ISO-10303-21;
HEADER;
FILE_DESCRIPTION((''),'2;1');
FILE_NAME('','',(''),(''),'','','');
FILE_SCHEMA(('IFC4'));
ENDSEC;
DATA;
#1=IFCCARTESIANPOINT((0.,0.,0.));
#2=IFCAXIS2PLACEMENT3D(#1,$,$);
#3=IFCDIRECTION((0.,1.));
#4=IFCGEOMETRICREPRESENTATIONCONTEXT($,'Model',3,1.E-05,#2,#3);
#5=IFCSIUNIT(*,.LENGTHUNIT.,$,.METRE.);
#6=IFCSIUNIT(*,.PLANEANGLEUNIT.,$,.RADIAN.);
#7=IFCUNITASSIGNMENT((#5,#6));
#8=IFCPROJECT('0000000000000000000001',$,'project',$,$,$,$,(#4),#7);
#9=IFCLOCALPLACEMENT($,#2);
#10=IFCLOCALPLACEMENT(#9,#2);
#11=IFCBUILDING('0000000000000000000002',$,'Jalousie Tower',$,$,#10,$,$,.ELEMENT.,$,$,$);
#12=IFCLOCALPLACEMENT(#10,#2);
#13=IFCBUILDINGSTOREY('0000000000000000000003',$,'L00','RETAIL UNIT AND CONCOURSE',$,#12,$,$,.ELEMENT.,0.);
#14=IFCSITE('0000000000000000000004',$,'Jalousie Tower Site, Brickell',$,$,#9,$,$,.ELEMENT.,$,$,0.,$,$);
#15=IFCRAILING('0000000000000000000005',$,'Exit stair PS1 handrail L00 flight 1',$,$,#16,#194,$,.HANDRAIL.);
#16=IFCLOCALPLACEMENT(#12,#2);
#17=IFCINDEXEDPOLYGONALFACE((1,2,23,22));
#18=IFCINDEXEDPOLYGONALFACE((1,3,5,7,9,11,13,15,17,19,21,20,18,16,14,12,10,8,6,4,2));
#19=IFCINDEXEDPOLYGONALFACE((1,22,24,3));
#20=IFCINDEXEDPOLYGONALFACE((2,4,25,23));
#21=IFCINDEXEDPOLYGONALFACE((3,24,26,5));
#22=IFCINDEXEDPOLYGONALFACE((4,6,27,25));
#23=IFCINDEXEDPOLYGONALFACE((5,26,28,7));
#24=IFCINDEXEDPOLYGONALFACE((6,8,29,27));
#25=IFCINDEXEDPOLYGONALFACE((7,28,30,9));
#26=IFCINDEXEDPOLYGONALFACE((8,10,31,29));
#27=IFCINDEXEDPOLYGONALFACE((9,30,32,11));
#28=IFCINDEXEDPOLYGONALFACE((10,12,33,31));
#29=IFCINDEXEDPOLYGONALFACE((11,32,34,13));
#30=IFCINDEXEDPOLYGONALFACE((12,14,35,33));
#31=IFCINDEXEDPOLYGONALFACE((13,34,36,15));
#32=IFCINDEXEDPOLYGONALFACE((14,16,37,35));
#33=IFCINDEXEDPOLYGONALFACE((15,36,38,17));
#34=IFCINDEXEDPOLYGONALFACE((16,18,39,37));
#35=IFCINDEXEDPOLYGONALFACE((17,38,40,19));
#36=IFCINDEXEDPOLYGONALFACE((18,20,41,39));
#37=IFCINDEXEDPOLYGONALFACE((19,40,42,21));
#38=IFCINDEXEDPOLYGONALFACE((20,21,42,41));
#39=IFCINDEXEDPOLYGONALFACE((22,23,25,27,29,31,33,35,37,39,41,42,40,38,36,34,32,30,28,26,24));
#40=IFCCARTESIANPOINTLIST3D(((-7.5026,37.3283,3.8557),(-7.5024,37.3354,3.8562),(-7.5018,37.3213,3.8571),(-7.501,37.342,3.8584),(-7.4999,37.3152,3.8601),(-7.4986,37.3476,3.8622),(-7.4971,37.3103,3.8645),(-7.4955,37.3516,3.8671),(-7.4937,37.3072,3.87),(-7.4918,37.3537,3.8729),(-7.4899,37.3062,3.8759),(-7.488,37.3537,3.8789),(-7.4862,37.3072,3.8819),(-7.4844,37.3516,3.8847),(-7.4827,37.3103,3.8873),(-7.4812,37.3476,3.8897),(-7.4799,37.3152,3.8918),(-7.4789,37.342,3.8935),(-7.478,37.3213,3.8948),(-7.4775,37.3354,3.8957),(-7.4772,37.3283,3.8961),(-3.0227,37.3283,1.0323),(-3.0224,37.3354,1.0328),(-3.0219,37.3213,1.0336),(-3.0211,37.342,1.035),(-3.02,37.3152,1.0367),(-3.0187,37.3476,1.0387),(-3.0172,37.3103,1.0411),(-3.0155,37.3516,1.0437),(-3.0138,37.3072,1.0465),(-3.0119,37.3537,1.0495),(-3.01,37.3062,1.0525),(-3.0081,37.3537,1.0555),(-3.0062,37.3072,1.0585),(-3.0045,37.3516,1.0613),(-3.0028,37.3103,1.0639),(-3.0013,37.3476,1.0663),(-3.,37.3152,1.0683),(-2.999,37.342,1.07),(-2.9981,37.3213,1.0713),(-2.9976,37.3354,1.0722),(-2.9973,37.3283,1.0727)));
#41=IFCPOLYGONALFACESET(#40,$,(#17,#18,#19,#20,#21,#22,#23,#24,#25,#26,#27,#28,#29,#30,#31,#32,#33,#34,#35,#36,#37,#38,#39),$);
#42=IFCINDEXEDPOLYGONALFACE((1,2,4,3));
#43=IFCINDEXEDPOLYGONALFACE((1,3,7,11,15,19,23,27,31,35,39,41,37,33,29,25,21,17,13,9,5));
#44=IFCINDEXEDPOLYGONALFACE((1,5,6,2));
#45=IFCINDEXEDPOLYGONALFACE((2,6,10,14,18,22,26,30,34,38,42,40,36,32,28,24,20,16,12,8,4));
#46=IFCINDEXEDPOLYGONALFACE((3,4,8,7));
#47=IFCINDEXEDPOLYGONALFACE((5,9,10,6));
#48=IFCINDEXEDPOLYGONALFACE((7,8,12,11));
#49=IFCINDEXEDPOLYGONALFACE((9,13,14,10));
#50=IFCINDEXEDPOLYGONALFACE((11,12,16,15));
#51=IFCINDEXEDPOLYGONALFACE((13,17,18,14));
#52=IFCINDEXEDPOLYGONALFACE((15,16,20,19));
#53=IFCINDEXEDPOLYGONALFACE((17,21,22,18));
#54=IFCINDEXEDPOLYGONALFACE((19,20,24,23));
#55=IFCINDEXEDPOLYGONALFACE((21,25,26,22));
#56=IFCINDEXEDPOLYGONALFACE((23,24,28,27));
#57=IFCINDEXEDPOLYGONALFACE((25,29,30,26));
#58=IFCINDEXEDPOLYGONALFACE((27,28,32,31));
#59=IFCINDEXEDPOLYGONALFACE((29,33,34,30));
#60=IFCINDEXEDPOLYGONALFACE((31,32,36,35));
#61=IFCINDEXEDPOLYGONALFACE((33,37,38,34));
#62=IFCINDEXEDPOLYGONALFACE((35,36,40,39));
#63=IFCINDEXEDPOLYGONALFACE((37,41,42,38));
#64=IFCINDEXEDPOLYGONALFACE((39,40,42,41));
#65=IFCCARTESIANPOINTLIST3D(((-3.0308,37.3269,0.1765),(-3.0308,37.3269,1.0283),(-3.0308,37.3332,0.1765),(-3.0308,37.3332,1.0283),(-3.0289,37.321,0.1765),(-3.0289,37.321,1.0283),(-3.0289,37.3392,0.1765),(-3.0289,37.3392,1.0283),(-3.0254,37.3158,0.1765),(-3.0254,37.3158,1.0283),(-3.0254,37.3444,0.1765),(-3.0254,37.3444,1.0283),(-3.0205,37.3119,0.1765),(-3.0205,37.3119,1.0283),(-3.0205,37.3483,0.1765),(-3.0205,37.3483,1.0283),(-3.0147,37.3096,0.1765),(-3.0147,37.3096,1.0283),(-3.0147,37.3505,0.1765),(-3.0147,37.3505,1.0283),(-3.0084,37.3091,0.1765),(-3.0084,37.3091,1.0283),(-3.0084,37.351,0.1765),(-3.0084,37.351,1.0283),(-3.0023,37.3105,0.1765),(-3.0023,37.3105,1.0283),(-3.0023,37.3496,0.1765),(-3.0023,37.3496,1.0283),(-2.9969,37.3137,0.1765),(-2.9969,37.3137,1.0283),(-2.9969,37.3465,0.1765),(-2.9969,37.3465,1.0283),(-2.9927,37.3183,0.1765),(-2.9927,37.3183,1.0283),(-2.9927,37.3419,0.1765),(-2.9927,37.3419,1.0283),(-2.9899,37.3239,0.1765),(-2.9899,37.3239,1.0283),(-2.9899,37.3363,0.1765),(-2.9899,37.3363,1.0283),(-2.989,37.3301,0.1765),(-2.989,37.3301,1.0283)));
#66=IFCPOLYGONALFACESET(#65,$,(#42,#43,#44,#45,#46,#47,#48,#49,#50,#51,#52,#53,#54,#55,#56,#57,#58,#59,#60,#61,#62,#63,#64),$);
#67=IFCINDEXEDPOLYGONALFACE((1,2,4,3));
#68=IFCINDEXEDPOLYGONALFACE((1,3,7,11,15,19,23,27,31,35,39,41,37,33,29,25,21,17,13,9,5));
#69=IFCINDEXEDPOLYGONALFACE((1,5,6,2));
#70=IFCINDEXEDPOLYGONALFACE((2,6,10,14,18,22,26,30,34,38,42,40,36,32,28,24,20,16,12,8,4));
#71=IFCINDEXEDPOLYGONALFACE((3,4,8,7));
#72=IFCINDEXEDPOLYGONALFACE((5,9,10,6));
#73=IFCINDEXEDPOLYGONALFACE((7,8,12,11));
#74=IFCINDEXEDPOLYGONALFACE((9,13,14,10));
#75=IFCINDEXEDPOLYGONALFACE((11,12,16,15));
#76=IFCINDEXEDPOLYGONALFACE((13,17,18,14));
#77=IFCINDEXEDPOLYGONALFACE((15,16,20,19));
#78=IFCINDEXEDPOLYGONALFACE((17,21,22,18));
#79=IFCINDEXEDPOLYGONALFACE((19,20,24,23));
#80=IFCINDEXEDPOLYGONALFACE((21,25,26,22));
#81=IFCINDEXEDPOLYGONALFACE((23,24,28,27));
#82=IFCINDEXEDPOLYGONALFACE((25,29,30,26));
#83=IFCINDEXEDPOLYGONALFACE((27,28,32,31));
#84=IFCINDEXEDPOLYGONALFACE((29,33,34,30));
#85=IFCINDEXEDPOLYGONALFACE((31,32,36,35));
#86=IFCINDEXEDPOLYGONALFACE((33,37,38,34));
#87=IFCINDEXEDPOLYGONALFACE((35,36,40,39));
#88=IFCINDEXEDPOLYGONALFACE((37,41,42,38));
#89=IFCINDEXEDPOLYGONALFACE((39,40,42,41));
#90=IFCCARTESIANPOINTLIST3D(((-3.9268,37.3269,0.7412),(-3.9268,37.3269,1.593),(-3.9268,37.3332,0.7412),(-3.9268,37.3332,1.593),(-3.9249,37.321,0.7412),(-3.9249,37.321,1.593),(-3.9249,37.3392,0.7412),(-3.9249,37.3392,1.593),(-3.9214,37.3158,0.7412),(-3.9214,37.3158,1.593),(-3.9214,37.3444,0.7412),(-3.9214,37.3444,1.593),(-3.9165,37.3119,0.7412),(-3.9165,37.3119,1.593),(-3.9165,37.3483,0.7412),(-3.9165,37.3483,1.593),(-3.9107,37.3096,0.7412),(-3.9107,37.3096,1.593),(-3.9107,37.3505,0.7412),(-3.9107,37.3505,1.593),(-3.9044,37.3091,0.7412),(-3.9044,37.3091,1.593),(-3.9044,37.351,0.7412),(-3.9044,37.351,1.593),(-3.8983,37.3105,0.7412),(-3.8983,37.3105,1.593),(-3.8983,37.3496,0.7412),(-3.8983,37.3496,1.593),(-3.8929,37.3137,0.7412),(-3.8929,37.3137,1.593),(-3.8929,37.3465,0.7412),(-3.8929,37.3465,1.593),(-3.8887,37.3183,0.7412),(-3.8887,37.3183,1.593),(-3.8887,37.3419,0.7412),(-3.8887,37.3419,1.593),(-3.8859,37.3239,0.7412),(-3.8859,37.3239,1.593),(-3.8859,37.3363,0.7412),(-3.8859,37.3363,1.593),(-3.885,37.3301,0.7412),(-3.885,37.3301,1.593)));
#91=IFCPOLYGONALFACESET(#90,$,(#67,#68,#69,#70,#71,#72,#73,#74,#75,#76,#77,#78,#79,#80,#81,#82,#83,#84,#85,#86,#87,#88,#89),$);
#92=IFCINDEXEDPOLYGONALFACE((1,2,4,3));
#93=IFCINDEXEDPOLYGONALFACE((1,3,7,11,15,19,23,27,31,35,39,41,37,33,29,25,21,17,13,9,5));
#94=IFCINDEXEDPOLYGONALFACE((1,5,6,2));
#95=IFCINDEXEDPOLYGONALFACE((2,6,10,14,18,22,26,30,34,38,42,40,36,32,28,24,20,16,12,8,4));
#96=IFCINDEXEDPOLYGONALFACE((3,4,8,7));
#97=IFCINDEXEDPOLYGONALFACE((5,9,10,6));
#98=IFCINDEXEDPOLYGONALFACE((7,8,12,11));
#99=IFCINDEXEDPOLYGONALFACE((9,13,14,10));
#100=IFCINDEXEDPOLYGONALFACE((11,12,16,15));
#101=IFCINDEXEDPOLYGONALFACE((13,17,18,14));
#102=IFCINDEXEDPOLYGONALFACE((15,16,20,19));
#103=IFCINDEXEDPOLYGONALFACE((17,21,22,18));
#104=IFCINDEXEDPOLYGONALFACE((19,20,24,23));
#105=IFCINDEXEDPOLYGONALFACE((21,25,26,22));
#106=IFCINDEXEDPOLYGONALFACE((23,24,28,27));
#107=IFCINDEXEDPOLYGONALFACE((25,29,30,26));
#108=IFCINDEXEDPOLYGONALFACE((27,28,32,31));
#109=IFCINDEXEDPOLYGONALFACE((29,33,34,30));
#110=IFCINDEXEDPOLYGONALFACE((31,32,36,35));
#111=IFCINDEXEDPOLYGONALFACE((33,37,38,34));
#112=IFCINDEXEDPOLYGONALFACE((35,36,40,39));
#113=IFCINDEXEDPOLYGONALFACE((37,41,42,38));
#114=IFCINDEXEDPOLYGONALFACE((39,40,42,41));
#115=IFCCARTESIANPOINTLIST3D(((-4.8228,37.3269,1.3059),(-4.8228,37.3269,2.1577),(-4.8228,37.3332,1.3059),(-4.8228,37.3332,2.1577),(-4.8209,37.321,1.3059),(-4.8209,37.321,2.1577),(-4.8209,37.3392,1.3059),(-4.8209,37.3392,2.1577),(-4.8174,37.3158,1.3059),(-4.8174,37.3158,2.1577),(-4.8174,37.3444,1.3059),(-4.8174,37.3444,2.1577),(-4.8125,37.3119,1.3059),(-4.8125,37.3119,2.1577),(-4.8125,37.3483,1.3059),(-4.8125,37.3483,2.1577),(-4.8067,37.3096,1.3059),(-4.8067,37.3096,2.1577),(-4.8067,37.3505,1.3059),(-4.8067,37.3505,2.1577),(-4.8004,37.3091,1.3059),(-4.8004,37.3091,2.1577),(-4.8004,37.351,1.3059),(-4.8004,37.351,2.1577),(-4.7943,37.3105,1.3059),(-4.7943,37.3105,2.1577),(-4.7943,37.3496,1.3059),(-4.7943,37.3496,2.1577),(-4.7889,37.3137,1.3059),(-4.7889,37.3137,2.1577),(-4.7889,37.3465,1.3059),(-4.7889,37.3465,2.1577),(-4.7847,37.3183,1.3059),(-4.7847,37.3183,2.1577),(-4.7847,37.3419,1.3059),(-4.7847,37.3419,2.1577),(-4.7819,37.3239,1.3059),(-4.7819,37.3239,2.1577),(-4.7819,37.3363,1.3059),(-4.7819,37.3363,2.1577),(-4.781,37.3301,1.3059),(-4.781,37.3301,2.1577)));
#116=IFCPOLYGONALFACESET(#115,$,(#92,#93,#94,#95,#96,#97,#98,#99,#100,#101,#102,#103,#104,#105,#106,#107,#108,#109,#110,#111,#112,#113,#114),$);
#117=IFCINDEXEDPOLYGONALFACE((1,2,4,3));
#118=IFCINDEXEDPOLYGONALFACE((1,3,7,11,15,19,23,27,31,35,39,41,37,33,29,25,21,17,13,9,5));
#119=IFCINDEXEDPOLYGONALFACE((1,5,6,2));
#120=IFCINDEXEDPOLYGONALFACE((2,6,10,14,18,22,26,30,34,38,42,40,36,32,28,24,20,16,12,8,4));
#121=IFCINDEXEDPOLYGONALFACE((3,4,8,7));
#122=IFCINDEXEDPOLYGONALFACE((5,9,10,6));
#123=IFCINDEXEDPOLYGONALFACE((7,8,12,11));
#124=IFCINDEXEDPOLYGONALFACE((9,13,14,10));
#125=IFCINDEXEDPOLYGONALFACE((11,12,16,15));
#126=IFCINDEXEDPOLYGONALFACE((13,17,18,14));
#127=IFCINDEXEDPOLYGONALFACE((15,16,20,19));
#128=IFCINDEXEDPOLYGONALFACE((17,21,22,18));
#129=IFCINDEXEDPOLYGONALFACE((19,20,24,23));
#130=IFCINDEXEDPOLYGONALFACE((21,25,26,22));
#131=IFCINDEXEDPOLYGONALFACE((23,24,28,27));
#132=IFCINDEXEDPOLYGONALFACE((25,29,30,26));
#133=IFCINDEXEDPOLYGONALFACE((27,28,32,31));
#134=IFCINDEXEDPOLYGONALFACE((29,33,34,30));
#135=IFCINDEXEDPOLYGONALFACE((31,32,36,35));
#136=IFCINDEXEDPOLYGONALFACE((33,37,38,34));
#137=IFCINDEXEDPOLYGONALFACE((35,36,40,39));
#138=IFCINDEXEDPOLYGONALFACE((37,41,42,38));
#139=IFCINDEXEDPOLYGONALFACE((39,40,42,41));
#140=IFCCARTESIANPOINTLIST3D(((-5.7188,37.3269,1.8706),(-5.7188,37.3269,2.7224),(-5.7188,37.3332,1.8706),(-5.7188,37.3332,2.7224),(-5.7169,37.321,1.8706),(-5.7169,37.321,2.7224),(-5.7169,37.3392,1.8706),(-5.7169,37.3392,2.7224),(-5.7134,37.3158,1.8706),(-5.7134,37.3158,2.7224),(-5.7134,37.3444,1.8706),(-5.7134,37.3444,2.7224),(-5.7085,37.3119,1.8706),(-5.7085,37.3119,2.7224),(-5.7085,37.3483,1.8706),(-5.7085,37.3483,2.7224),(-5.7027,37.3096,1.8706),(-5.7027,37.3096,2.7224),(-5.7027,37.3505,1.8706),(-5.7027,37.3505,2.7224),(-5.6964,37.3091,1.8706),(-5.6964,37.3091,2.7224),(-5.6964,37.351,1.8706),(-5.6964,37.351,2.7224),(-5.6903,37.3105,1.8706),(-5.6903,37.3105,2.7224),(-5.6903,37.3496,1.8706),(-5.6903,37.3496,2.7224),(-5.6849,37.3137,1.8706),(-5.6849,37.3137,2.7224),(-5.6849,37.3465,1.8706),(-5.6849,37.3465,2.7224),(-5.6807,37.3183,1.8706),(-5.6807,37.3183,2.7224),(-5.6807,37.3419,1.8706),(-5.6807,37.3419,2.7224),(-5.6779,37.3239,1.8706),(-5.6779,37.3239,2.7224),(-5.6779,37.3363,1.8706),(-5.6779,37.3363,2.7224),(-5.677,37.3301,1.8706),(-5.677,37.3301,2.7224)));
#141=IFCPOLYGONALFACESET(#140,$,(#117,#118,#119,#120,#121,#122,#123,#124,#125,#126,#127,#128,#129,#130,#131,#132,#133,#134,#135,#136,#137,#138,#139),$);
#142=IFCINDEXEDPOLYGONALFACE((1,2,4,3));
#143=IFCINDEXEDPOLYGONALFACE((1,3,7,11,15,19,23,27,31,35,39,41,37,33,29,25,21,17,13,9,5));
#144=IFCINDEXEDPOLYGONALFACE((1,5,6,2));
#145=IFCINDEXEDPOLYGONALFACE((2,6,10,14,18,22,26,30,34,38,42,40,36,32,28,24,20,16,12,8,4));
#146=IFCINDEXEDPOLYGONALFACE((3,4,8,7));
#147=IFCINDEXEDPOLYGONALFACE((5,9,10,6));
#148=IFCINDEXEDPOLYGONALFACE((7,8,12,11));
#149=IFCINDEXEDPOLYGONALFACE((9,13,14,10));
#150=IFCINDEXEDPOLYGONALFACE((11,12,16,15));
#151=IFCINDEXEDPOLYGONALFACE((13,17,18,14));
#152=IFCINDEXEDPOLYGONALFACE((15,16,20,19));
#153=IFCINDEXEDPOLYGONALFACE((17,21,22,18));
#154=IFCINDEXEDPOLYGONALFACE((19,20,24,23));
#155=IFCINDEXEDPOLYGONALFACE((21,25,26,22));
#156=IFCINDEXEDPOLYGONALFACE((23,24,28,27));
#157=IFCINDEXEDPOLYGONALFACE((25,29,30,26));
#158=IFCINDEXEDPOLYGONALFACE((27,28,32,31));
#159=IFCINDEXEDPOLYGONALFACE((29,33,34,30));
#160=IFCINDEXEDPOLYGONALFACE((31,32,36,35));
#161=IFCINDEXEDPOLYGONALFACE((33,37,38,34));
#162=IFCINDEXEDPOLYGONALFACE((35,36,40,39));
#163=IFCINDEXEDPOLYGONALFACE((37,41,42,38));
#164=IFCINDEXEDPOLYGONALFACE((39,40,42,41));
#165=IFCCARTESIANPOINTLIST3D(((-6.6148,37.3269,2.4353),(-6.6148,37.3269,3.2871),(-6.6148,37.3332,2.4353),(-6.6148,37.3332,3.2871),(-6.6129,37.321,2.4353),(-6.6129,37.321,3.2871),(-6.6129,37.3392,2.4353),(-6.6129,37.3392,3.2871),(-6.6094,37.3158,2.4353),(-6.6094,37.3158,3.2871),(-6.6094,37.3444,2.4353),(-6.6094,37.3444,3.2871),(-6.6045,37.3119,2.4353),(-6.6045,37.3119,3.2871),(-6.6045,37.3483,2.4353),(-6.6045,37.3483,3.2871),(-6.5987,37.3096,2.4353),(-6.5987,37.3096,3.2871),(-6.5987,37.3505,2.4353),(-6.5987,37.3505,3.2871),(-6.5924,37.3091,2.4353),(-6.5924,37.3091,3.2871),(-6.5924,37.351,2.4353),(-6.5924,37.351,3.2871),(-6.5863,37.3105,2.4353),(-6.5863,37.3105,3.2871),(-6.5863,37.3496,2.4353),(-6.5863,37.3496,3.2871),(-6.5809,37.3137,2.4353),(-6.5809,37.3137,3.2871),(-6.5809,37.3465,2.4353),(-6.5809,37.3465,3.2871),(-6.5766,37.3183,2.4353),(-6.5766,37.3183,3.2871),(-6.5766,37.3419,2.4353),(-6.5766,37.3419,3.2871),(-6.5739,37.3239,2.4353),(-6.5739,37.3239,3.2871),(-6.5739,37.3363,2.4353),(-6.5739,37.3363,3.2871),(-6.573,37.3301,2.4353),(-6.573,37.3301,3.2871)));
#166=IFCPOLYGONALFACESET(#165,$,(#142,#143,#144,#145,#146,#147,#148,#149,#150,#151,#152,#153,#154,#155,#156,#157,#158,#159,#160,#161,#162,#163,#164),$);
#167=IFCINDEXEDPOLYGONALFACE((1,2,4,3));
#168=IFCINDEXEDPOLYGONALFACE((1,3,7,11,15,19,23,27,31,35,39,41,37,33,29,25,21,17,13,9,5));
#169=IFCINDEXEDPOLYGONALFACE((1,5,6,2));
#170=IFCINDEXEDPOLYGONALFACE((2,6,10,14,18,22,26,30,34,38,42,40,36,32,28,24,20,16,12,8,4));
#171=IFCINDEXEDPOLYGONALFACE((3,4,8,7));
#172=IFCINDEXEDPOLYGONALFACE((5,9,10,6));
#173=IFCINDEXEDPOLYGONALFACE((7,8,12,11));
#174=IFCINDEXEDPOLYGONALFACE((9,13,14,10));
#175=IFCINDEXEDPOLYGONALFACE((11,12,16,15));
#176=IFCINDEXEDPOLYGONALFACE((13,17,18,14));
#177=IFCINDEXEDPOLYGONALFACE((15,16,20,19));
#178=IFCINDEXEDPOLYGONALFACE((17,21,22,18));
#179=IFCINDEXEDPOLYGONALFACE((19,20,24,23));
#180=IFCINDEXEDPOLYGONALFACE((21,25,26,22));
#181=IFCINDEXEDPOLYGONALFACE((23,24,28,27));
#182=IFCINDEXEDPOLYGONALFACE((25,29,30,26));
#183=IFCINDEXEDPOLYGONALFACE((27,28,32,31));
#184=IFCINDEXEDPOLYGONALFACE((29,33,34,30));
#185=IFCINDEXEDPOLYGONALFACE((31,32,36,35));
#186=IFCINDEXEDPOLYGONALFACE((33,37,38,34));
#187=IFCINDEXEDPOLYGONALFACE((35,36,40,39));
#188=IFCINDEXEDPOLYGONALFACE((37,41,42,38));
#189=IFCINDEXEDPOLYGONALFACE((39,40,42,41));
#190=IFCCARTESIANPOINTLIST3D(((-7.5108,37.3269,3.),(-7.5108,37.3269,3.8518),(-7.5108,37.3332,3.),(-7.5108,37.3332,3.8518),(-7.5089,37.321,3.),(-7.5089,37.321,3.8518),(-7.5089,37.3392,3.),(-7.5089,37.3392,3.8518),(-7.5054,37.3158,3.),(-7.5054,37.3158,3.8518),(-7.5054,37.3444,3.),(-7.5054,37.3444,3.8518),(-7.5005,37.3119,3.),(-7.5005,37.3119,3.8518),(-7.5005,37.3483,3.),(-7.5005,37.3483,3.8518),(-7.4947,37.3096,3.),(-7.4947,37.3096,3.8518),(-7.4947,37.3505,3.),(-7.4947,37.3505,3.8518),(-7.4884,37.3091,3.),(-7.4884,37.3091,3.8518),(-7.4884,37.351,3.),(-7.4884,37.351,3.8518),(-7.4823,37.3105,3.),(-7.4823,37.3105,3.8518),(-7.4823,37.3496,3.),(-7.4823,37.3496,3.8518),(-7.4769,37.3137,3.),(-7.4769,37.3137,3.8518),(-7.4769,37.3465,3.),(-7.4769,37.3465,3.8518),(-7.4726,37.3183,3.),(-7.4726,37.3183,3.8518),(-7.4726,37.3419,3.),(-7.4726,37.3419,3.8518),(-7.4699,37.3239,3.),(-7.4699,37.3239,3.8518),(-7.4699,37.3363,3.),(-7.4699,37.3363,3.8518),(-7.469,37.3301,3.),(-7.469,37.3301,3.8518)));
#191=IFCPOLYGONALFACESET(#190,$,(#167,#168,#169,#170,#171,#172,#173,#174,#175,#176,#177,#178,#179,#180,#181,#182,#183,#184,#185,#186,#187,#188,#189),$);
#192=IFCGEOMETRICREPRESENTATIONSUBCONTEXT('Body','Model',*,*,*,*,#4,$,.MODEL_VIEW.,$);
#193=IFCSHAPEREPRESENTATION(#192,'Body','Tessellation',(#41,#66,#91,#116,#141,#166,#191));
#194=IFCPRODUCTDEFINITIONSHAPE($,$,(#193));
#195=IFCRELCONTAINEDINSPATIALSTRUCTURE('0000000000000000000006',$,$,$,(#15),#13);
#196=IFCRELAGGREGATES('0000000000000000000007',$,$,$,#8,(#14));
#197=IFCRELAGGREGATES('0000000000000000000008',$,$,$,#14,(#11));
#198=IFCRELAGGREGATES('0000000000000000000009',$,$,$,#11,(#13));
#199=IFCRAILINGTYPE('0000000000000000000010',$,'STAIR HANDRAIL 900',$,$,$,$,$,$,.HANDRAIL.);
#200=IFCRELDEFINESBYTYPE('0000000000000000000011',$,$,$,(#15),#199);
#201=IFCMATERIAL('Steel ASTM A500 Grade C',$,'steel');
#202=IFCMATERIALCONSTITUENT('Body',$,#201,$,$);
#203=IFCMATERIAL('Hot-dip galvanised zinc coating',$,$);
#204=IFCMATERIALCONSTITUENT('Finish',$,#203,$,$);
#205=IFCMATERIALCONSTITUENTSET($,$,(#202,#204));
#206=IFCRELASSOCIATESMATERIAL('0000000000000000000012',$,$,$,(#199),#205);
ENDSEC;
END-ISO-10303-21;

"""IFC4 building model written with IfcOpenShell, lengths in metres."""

from ifc_helpers import new_model, si_unit, direction, frame, origin, origin_2d, place, context, subcontext, project, spatial, circle, extrude, material, constituent, constituent_set, type_object, element, save


model = new_model("IFC4")

# Units and contexts
model_context = context("Model", 3, precision=1e-05, world=origin(), true_north=direction((0.0, 1.0)))
body_context = subcontext(model_context, "Body", "Model", "MODEL_VIEW")
ifc_project = project(units=[si_unit("LENGTHUNIT", "METRE"), si_unit("PLANEANGLEUNIT", "RADIAN")], contexts=[model_context])

# Site, building, storey
site_placement = place(None, origin())
site = spatial("IfcSite", under=ifc_project, at=site_placement, Name="Jalousie Tower Site, Brickell", CompositionType="ELEMENT", RefElevation=0.0)
building_placement = place(site_placement, origin())
building = spatial("IfcBuilding", under=site, at=building_placement, Name="Jalousie Tower", CompositionType="ELEMENT")
storey_placement = place(building_placement, origin())
storey = spatial("IfcBuildingStorey", under=building, at=storey_placement, Name="L00", Description="RETAIL UNIT AND CONCOURSE", CompositionType="ELEMENT", Elevation=0.0)

# Railing
ifc_material_1 = material(Name="Steel ASTM A500 Grade C", Category="steel")
ifc_constituent_1 = constituent(ifc_material_1, Name="Body")
ifc_material_2 = material(Name="Hot-dip galvanised zinc coating")
ifc_constituent_2 = constituent(ifc_material_2, Name="Finish")
ifc_constituent_set_1 = constituent_set(constituents=[ifc_constituent_1, ifc_constituent_2])
railing_type_1 = type_object("IfcRailingType", Name="STAIR HANDRAIL 900", PredefinedType="HANDRAIL", material=ifc_constituent_set_1)
railing_1_placement = place(storey_placement, frame((-3.01, 37.3301, 0.1765)))
element("IfcRailing", 1, at=railing_1_placement, inside=storey, type_object=railing_type_1, Name="Exit stair PS1 handrail L00 flight 1", PredefinedType="HANDRAIL", context=body_context, shape_type="SweptSolid", body=[
    extrude(circle(Radius=0.0239, at=origin_2d()), frame((0.0, 0.0, 0.876), z_axis=(-0.845998, 0.0, 0.533186), x_axis=(0.0, -1.0, 0.0)), (0.0, 0.0, 1.0), 5.2954),
    extrude(circle(Radius=0.021, at=origin_2d()), origin(), (0.0, 0.0, 1.0), 0.8518),
    extrude(circle(Radius=0.021, at=origin_2d()), frame((-0.896, 0.0, 0.5647)), (0.0, 0.0, 1.0), 0.8518),
    extrude(circle(Radius=0.021, at=origin_2d()), frame((-1.792, 0.0, 1.1294)), (0.0, 0.0, 1.0), 0.8518),
    extrude(circle(Radius=0.021, at=origin_2d()), frame((-2.688, 0.0, 1.6941)), (0.0, 0.0, 1.0), 0.8518),
    extrude(circle(Radius=0.021, at=origin_2d()), frame((-3.584, 0.0, 2.2588)), (0.0, 0.0, 1.0), 0.8518),
    extrude(circle(Radius=0.021, at=origin_2d()), frame((-4.48, 0.0, 2.8235)), (0.0, 0.0, 1.0), 0.8518),
])

save(model, "model.ifc")
